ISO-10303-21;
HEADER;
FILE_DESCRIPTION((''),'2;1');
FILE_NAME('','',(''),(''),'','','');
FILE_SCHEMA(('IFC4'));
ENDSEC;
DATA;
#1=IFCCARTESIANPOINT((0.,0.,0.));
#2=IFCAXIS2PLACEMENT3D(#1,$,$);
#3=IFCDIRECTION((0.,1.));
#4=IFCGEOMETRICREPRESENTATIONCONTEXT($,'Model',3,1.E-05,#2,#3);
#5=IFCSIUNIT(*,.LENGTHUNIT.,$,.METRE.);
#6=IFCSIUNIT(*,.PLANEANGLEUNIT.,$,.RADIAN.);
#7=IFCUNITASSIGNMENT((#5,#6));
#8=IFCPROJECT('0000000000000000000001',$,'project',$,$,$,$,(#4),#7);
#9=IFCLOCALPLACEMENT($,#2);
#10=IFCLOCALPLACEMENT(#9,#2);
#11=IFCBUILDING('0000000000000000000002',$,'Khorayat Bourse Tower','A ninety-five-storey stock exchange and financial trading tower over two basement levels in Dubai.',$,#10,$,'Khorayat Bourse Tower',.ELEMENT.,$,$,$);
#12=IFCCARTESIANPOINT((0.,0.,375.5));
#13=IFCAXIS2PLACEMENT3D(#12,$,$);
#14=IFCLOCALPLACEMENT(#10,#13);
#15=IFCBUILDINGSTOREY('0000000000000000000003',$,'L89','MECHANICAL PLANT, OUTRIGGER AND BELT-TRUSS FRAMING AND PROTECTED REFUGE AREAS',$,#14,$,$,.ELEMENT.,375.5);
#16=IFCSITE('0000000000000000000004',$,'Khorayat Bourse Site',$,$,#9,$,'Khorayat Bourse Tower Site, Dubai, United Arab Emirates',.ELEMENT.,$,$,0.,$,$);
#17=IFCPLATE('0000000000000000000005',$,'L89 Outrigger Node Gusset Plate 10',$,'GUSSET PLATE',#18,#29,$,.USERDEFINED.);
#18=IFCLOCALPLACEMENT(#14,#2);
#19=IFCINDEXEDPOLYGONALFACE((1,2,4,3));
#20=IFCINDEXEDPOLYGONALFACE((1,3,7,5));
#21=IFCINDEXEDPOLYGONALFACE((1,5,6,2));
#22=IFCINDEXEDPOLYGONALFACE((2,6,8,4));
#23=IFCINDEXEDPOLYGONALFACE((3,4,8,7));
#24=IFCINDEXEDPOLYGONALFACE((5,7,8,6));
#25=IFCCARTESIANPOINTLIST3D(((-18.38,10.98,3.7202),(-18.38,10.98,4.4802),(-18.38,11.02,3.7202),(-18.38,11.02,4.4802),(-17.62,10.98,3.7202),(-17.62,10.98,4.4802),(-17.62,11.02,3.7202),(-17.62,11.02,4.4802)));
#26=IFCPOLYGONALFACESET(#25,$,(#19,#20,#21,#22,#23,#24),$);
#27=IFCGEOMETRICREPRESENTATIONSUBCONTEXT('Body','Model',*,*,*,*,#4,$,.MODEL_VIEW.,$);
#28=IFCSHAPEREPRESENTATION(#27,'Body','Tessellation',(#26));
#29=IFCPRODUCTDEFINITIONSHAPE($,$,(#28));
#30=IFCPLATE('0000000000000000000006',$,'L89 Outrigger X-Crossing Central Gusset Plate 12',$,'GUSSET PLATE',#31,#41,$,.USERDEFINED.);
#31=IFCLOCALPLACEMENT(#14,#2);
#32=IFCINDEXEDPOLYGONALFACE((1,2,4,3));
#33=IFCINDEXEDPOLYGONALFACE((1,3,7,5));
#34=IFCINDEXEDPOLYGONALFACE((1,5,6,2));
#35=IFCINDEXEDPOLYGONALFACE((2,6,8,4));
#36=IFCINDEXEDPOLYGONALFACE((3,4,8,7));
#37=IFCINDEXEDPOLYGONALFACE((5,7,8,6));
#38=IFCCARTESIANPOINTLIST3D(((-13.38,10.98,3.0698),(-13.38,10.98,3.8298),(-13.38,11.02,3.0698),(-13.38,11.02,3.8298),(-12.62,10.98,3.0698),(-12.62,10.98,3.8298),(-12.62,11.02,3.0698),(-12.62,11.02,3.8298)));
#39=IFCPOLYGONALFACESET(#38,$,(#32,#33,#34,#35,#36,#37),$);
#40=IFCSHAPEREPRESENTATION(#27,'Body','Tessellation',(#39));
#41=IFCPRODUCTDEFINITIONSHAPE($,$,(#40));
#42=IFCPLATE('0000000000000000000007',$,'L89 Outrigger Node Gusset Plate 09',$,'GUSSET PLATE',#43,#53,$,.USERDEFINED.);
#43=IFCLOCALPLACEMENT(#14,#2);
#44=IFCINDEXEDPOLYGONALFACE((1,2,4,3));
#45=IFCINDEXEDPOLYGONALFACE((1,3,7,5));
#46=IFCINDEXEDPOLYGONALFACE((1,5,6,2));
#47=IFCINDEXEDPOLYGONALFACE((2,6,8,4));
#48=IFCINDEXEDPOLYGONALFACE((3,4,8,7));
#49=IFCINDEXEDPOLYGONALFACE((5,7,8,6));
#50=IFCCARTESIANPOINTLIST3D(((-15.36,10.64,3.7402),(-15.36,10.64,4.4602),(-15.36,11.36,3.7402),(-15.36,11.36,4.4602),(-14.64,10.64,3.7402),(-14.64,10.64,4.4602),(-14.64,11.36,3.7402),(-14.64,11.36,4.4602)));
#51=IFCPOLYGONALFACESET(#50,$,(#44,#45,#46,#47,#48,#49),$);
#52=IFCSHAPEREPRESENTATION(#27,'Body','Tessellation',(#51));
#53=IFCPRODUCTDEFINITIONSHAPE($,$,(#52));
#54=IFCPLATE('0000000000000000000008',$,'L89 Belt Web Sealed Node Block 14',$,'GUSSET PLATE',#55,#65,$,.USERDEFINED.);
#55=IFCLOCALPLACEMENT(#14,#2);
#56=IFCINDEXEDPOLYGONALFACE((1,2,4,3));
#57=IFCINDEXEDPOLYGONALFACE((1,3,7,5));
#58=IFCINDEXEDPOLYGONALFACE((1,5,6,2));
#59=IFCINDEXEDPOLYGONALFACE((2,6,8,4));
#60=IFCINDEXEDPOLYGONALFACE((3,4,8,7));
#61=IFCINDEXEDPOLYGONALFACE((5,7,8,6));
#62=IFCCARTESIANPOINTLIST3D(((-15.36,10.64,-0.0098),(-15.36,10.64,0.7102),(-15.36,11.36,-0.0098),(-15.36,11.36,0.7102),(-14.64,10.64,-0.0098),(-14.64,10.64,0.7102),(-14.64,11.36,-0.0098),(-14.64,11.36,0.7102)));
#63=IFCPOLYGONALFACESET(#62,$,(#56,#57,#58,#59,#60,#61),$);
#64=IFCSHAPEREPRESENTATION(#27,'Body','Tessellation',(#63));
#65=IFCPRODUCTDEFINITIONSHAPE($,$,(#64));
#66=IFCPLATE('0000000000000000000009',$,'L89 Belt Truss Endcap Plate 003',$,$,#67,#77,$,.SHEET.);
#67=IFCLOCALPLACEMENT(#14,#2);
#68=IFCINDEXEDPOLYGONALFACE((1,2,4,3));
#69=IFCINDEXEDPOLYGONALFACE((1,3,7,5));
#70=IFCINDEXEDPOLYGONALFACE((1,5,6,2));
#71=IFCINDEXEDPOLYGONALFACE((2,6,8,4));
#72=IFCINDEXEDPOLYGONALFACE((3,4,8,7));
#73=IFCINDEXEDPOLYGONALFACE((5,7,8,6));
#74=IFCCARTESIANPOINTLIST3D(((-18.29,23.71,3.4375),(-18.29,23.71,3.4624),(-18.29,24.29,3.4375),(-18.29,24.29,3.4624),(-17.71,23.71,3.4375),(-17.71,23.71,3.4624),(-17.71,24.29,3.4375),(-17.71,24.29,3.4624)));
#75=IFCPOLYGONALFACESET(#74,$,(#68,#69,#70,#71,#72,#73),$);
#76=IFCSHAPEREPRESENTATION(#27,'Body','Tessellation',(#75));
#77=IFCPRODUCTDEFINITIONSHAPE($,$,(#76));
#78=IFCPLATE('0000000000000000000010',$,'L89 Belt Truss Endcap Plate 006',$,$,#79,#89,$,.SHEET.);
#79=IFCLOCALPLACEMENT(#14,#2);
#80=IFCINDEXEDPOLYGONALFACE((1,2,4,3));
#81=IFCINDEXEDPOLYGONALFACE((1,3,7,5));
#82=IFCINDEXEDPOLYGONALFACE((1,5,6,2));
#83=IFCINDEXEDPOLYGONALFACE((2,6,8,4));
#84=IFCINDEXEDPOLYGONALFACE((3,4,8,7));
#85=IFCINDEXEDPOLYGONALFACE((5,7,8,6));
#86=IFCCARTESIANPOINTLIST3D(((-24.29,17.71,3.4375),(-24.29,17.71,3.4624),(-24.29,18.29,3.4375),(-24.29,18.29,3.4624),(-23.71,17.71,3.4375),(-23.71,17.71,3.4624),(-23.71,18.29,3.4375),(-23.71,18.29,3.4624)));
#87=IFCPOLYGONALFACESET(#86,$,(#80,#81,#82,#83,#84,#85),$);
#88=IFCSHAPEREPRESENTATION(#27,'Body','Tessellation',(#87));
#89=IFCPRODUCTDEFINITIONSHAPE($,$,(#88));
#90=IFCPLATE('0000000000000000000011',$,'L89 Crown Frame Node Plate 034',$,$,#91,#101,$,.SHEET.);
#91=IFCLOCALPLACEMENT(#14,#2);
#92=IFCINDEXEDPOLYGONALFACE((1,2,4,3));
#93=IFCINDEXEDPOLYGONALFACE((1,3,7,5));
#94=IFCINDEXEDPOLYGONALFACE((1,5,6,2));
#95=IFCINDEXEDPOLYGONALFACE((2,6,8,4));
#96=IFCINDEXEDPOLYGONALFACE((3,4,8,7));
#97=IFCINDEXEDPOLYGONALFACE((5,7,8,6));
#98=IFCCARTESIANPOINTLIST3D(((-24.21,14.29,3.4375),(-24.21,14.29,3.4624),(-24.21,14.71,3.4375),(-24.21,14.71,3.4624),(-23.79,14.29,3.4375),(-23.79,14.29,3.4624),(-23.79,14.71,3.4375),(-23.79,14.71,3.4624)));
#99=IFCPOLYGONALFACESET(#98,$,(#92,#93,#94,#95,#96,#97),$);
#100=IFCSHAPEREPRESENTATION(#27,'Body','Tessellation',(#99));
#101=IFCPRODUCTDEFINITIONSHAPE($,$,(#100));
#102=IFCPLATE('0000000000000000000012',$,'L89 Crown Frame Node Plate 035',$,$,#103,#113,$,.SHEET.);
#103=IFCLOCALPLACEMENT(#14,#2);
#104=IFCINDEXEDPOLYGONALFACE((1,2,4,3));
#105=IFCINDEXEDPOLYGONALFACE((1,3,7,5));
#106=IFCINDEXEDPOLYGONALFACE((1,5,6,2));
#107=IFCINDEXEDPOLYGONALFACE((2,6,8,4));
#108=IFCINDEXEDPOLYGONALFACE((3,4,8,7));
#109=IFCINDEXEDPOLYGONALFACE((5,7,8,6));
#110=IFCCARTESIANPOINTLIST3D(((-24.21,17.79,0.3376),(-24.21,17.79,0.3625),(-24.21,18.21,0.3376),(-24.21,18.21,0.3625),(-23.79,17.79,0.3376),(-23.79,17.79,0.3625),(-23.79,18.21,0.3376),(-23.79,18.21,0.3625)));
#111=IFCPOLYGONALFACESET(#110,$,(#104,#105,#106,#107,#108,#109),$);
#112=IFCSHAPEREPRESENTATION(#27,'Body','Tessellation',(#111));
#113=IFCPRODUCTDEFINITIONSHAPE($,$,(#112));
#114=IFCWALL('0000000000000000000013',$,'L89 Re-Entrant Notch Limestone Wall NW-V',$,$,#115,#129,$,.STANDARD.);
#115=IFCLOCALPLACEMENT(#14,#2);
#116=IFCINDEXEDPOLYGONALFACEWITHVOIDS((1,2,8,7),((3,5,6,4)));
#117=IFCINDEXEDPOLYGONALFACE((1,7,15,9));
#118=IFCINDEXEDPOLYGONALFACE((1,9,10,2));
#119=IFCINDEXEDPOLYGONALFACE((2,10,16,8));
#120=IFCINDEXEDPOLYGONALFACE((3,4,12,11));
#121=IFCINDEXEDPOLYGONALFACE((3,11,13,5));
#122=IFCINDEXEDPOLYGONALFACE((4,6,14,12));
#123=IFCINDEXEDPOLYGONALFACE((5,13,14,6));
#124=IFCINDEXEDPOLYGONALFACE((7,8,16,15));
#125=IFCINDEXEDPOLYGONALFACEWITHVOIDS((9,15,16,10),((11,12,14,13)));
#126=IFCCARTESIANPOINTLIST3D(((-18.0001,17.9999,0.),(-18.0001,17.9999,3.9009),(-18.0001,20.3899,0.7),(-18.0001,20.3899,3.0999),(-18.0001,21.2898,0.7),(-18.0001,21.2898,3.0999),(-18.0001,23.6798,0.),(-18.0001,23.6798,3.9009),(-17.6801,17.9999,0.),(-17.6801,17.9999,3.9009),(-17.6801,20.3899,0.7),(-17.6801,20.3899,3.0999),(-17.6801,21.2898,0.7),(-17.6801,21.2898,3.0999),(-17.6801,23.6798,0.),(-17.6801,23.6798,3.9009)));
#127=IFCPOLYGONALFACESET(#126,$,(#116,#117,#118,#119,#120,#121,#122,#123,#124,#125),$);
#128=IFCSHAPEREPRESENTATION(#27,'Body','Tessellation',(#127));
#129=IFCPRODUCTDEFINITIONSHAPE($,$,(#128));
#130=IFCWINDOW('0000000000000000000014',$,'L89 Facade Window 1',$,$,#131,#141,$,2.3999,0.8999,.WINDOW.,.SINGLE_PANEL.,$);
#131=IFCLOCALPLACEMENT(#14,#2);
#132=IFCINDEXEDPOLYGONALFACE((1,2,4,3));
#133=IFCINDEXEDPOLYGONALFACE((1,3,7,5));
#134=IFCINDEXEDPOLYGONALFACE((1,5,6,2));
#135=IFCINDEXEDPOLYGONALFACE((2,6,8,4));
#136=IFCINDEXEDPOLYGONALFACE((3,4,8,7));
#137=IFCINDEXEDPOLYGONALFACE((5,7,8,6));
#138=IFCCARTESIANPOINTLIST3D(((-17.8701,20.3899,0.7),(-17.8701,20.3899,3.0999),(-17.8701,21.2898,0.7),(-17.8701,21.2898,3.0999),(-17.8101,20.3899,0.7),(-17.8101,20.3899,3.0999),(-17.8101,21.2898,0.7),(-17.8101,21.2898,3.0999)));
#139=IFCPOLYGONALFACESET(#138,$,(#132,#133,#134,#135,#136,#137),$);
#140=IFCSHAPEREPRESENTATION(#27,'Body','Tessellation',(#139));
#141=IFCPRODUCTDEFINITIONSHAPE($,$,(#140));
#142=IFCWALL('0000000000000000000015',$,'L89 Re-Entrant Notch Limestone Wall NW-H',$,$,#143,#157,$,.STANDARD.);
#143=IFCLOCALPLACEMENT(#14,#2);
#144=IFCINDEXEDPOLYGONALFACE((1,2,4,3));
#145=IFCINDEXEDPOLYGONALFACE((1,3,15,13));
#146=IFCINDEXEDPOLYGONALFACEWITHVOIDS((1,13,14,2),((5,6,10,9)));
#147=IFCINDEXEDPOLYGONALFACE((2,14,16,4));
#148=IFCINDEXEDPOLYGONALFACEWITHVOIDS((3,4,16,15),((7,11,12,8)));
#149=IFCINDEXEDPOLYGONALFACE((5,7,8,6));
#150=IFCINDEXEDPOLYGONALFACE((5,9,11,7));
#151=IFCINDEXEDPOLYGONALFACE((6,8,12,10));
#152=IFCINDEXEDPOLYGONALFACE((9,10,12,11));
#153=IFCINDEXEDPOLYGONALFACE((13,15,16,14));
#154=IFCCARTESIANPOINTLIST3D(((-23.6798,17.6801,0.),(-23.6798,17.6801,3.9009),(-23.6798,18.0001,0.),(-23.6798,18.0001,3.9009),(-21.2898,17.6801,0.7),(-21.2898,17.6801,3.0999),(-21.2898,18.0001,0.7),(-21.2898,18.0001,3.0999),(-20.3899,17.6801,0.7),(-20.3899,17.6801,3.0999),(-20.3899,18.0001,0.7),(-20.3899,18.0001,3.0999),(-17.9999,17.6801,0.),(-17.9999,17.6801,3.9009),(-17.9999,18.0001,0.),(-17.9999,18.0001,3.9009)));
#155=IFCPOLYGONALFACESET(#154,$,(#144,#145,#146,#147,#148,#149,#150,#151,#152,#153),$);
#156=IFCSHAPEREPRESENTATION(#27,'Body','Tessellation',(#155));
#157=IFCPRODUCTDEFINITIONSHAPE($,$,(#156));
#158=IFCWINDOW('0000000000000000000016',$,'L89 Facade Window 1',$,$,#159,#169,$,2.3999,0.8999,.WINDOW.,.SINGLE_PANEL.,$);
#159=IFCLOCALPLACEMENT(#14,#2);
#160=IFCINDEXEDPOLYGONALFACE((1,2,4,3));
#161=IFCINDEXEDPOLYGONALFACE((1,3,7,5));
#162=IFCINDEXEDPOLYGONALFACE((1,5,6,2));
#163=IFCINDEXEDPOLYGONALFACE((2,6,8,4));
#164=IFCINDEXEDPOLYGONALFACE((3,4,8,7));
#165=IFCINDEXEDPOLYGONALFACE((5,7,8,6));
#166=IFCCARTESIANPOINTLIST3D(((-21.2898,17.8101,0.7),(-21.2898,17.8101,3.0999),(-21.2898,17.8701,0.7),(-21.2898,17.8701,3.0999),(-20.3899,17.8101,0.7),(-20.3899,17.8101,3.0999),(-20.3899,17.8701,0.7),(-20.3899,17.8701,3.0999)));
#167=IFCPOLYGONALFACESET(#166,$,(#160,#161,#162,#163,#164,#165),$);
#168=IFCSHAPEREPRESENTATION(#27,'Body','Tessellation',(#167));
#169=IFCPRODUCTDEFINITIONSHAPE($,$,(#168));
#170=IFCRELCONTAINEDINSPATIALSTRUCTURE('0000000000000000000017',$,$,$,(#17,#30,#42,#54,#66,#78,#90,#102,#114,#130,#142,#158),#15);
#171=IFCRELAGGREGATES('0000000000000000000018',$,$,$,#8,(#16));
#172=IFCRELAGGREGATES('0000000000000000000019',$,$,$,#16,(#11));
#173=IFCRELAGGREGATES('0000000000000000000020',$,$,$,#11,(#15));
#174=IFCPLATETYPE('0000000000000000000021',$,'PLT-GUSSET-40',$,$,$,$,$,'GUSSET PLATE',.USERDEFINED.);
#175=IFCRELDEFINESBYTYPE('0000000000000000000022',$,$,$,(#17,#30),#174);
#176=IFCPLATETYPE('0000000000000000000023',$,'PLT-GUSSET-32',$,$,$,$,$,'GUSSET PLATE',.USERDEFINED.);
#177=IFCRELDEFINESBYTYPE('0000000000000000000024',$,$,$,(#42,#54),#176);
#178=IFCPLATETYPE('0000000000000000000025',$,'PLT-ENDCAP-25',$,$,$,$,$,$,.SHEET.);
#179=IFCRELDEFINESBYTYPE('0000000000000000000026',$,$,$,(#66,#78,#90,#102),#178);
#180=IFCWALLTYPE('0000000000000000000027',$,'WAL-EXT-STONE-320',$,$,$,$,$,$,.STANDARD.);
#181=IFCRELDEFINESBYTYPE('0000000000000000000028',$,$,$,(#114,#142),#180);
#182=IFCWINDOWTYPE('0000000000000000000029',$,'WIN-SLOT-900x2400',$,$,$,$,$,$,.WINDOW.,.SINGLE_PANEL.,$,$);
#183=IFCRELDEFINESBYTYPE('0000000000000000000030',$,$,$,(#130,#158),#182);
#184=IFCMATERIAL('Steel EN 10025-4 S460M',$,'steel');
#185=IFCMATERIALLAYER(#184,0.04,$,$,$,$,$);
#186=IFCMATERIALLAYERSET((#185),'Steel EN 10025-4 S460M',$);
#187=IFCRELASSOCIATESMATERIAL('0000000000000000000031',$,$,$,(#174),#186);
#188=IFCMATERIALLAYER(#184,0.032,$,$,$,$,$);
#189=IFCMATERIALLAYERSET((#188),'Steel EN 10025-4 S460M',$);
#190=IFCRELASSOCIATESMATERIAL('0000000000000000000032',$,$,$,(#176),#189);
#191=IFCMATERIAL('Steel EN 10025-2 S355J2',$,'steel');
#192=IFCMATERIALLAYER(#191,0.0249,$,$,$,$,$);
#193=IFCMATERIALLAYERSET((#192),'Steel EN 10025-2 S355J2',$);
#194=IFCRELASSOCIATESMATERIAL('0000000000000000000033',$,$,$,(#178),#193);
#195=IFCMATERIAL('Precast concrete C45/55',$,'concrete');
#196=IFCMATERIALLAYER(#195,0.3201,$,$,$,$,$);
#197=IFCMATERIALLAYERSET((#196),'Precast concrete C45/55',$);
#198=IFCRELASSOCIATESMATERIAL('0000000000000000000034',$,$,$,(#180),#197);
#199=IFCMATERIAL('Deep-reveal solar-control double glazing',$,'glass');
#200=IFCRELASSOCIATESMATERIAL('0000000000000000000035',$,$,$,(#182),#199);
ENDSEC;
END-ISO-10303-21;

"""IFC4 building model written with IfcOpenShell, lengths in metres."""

from ifc_helpers import new_model, si_unit, direction, frame, frame_2d, origin, origin_2d, place, context, subcontext, project, spatial, rectangle, extrude, source, transform, mapped, material, layer, layer_set, type_object, element, fill, save


model = new_model("IFC4")

# Units and contexts
model_context = context("Model", 3, precision=1e-05, world=origin(), true_north=direction((0.0, 1.0)))
body_context = subcontext(model_context, "Body", "Model", "MODEL_VIEW")
ifc_project = project(units=[si_unit("LENGTHUNIT", "METRE"), si_unit("PLANEANGLEUNIT", "RADIAN")], contexts=[model_context])

# Site, building, storey
site_placement = place(None, origin())
site = spatial("IfcSite", under=ifc_project, at=site_placement, Name="Khorayat Bourse Site", LongName="Khorayat Bourse Tower Site, Dubai, United Arab Emirates", CompositionType="ELEMENT", RefElevation=0.0)
building_placement = place(site_placement, origin())
building = spatial("IfcBuilding", under=site, at=building_placement, Name="Khorayat Bourse Tower", Description="A ninety-five-storey stock exchange and financial trading tower over two basement levels in Dubai.", LongName="Khorayat Bourse Tower", CompositionType="ELEMENT")
storey_placement = place(building_placement, frame((0.0, 0.0, 375.5)))
storey = spatial("IfcBuildingStorey", under=building, at=storey_placement, Name="L89", Description="MECHANICAL PLANT, OUTRIGGER AND BELT-TRUSS FRAMING AND PROTECTED REFUGE AREAS", CompositionType="ELEMENT", Elevation=375.5)

# Shared definitions
ifc_material_1 = material(Name="Steel EN 10025-2 S355J2", Category="steel")

# Shared definitions
ifc_material_2 = material(Name="Steel EN 10025-4 S460M", Category="steel")

# Plates
ifc_layer_1 = layer(ifc_material_2, 0.04)
ifc_layer_set_1 = layer_set([ifc_layer_1], Name="Steel EN 10025-4 S460M")
plate_type_1 = type_object("IfcPlateType", Name="PLT-GUSSET-40", ElementType="GUSSET PLATE", PredefinedType="USERDEFINED", material=ifc_layer_set_1)
shared_shape_1 = source(origin(), body_context, "Body", "SweptSolid", [
    extrude(rectangle(XDim=0.76, YDim=0.04, at=origin_2d()), origin(), (0.0, 0.0, 1.0), 0.76),
])
for number, where, z_axis, x_axis, name in (
    (1, (-18.0, 11.0, 3.7202), (0.0, 0.0, 1.0), (1.0, 0.0, 0.0), "L89 Outrigger Node Gusset Plate 10"),
    (2, (-13.0, 11.0, 3.0698), (0.0, 0.0, 1.0), (1.0, 0.0, 0.0), "L89 Outrigger X-Crossing Central Gusset Plate 12"),
):
    element("IfcPlate", number, at=place(storey_placement, frame(where, z_axis=z_axis, x_axis=x_axis)), inside=storey, type_object=plate_type_1, Name=name, ObjectType="GUSSET PLATE", PredefinedType="USERDEFINED", context=body_context, shape_type="MappedRepresentation", body=[
        mapped(shared_shape_1, transform((0.0, 0.0, 0.0), scale=1.0)),
    ])
ifc_layer_2 = layer(ifc_material_2, 0.032)
ifc_layer_set_2 = layer_set([ifc_layer_2], Name="Steel EN 10025-4 S460M")
plate_type_2 = type_object("IfcPlateType", Name="PLT-GUSSET-32", ElementType="GUSSET PLATE", PredefinedType="USERDEFINED", material=ifc_layer_set_2)
shared_shape_2 = source(origin(), body_context, "Body", "SweptSolid", [
    extrude(rectangle(XDim=0.72, YDim=0.72, at=origin_2d()), origin(), (0.0, 0.0, 1.0), 0.72),
])
for number, where, z_axis, x_axis, name in (
    (3, (-15.0, 11.0, 3.7402), (0.0, 0.0, 1.0), (1.0, 0.0, 0.0), "L89 Outrigger Node Gusset Plate 09"),
    (4, (-15.0, 11.0, -0.0098), (0.0, 0.0, 1.0), (1.0, 0.0, 0.0), "L89 Belt Web Sealed Node Block 14"),
):
    element("IfcPlate", number, at=place(storey_placement, frame(where, z_axis=z_axis, x_axis=x_axis)), inside=storey, type_object=plate_type_2, Name=name, ObjectType="GUSSET PLATE", PredefinedType="USERDEFINED", context=body_context, shape_type="MappedRepresentation", body=[
        mapped(shared_shape_2, transform((0.0, 0.0, 0.0), scale=1.0)),
    ])
ifc_layer_3 = layer(ifc_material_1, 0.0249)
ifc_layer_set_3 = layer_set([ifc_layer_3], Name="Steel EN 10025-2 S355J2")
plate_type_3 = type_object("IfcPlateType", Name="PLT-ENDCAP-25", PredefinedType="SHEET", material=ifc_layer_set_3)
shared_shape_3 = source(origin(), body_context, "Body", "SweptSolid", [
    extrude(rectangle(XDim=0.5801, YDim=0.5801, at=origin_2d()), origin(), (0.0, 0.0, 1.0), 0.0249),
])
for number, where, z_axis, x_axis, name in (
    (5, (-18.0, 24.0, 3.4375), (0.0, 0.0, 1.0), (1.0, 0.0, 0.0), "L89 Belt Truss Endcap Plate 003"),
    (6, (-24.0, 18.0, 3.4375), (0.0, 0.0, 1.0), (1.0, 0.0, 0.0), "L89 Belt Truss Endcap Plate 006"),
):
    element("IfcPlate", number, at=place(storey_placement, frame(where, z_axis=z_axis, x_axis=x_axis)), inside=storey, type_object=plate_type_3, Name=name, PredefinedType="SHEET", context=body_context, shape_type="MappedRepresentation", body=[
        mapped(shared_shape_3, transform((0.0, 0.0, 0.0), scale=1.0)),
    ])
shared_shape_4 = source(origin(), body_context, "Body", "SweptSolid", [
    extrude(rectangle(XDim=0.4199, YDim=0.4199, at=origin_2d()), origin(), (0.0, 0.0, 1.0), 0.0249),
])
for number, where, z_axis, x_axis, name in (
    (7, (-24.0, 14.5, 3.4375), (0.0, 0.0, 1.0), (1.0, 0.0, 0.0), "L89 Crown Frame Node Plate 034"),
    (8, (-24.0, 18.0, 0.3376), (0.0, 0.0, 1.0), (1.0, 0.0, 0.0), "L89 Crown Frame Node Plate 035"),
):
    element("IfcPlate", number, at=place(storey_placement, frame(where, z_axis=z_axis, x_axis=x_axis)), inside=storey, type_object=plate_type_3, Name=name, PredefinedType="SHEET", context=body_context, shape_type="MappedRepresentation", body=[
        mapped(shared_shape_4, transform((0.0, 0.0, 0.0), scale=1.0)),
    ])

# Walls, openings, windows
ifc_material_3 = material(Name="Precast concrete C45/55", Category="concrete")
ifc_layer_4 = layer(ifc_material_3, 0.3201)
ifc_layer_set_4 = layer_set([ifc_layer_4], Name="Precast concrete C45/55")
wall_type_1 = type_object("IfcWallType", Name="WAL-EXT-STONE-320", PredefinedType="STANDARD", material=ifc_layer_set_4)
shared_shape_5 = source(origin(), body_context, "Body", "SweptSolid", [
    extrude(rectangle(XDim=5.6799, YDim=0.3201, at=frame_2d((2.8398, 0.0))), origin(), (0.0, 0.0, 1.0), 3.9009),
])
wall_1_placement = place(storey_placement, frame((-17.8401, 18.0, 0.0), z_axis=(0.0, 0.0, 1.0), x_axis=(0.0, 1.0, 0.0)))
wall_1 = element("IfcWall", 9, at=wall_1_placement, inside=storey, type_object=wall_type_1, Name="L89 Re-Entrant Notch Limestone Wall NW-V", PredefinedType="STANDARD", context=body_context, shape_type="MappedRepresentation", body=[
    mapped(shared_shape_5, transform((0.0, 0.0, 0.0), scale=1.0)),
])
shared_shape_6 = source(origin(), body_context, "Body", "SweptSolid", [
    extrude(rectangle(XDim=0.8999, YDim=2.3999, at=frame_2d((0.45, 1.2))), frame((0.0, 0.1699, 0.0), z_axis=(0.0, -1.0, 0.0), x_axis=(1.0, 0.0, 0.0)), (0.0, 0.0, 1.0), 0.3401),
])
opening_1_placement = place(wall_1_placement, frame((2.3899, 0.0, 0.7)))
opening_1 = element("IfcOpeningElement", 10, at=opening_1_placement, cuts=wall_1, PredefinedType="OPENING", context=body_context, shape_type="MappedRepresentation", body=[
    mapped(shared_shape_6, transform((0.0, 0.0, 0.0), scale=1.0)),
])
ifc_material_4 = material(Name="Deep-reveal solar-control double glazing", Category="glass")
window_type = type_object("IfcWindowType", Name="WIN-SLOT-900x2400", PartitioningType="SINGLE_PANEL", PredefinedType="WINDOW", material=ifc_material_4)
shared_shape_7 = source(origin(), body_context, "Body", "SweptSolid", [
    extrude(rectangle(XDim=0.8999, YDim=2.3999, at=frame_2d((0.45, 1.2))), frame((0.0, 0.03, 0.0), z_axis=(0.0, -1.0, 0.0), x_axis=(1.0, 0.0, 0.0)), (0.0, 0.0, 1.0), 0.0601),
])
window_1_placement = place(opening_1_placement, origin())
window_1 = element("IfcWindow", 11, at=window_1_placement, inside=storey, type_object=window_type, Name="L89 Facade Window 1", OverallHeight=2.3999, OverallWidth=0.8999, PartitioningType="SINGLE_PANEL", PredefinedType="WINDOW", context=body_context, shape_type="MappedRepresentation", body=[
    mapped(shared_shape_7, transform((0.0, 0.0, 0.0), scale=1.0)),
])
fill(opening_1, window_1)
wall_2_placement = place(storey_placement, frame((-18.0, 17.8401, 0.0), z_axis=(0.0, 0.0, 1.0), x_axis=(-1.0, 0.0, 0.0)))
wall_2 = element("IfcWall", 12, at=wall_2_placement, inside=storey, type_object=wall_type_1, Name="L89 Re-Entrant Notch Limestone Wall NW-H", PredefinedType="STANDARD", context=body_context, shape_type="MappedRepresentation", body=[
    mapped(shared_shape_5, transform((0.0, 0.0, 0.0), scale=1.0)),
])
opening_2_placement = place(wall_2_placement, frame((2.3899, 0.0, 0.7)))
opening_2 = element("IfcOpeningElement", 13, at=opening_2_placement, cuts=wall_2, PredefinedType="OPENING", context=body_context, shape_type="MappedRepresentation", body=[
    mapped(shared_shape_6, transform((0.0, 0.0, 0.0), scale=1.0)),
])
window_2_placement = place(opening_2_placement, origin())
window_2 = element("IfcWindow", 14, at=window_2_placement, inside=storey, type_object=window_type, Name="L89 Facade Window 1", OverallHeight=2.3999, OverallWidth=0.8999, PartitioningType="SINGLE_PANEL", PredefinedType="WINDOW", context=body_context, shape_type="MappedRepresentation", body=[
    mapped(shared_shape_7, transform((0.0, 0.0, 0.0), scale=1.0)),
])
fill(opening_2, window_2)

save(model, "model.ifc")
